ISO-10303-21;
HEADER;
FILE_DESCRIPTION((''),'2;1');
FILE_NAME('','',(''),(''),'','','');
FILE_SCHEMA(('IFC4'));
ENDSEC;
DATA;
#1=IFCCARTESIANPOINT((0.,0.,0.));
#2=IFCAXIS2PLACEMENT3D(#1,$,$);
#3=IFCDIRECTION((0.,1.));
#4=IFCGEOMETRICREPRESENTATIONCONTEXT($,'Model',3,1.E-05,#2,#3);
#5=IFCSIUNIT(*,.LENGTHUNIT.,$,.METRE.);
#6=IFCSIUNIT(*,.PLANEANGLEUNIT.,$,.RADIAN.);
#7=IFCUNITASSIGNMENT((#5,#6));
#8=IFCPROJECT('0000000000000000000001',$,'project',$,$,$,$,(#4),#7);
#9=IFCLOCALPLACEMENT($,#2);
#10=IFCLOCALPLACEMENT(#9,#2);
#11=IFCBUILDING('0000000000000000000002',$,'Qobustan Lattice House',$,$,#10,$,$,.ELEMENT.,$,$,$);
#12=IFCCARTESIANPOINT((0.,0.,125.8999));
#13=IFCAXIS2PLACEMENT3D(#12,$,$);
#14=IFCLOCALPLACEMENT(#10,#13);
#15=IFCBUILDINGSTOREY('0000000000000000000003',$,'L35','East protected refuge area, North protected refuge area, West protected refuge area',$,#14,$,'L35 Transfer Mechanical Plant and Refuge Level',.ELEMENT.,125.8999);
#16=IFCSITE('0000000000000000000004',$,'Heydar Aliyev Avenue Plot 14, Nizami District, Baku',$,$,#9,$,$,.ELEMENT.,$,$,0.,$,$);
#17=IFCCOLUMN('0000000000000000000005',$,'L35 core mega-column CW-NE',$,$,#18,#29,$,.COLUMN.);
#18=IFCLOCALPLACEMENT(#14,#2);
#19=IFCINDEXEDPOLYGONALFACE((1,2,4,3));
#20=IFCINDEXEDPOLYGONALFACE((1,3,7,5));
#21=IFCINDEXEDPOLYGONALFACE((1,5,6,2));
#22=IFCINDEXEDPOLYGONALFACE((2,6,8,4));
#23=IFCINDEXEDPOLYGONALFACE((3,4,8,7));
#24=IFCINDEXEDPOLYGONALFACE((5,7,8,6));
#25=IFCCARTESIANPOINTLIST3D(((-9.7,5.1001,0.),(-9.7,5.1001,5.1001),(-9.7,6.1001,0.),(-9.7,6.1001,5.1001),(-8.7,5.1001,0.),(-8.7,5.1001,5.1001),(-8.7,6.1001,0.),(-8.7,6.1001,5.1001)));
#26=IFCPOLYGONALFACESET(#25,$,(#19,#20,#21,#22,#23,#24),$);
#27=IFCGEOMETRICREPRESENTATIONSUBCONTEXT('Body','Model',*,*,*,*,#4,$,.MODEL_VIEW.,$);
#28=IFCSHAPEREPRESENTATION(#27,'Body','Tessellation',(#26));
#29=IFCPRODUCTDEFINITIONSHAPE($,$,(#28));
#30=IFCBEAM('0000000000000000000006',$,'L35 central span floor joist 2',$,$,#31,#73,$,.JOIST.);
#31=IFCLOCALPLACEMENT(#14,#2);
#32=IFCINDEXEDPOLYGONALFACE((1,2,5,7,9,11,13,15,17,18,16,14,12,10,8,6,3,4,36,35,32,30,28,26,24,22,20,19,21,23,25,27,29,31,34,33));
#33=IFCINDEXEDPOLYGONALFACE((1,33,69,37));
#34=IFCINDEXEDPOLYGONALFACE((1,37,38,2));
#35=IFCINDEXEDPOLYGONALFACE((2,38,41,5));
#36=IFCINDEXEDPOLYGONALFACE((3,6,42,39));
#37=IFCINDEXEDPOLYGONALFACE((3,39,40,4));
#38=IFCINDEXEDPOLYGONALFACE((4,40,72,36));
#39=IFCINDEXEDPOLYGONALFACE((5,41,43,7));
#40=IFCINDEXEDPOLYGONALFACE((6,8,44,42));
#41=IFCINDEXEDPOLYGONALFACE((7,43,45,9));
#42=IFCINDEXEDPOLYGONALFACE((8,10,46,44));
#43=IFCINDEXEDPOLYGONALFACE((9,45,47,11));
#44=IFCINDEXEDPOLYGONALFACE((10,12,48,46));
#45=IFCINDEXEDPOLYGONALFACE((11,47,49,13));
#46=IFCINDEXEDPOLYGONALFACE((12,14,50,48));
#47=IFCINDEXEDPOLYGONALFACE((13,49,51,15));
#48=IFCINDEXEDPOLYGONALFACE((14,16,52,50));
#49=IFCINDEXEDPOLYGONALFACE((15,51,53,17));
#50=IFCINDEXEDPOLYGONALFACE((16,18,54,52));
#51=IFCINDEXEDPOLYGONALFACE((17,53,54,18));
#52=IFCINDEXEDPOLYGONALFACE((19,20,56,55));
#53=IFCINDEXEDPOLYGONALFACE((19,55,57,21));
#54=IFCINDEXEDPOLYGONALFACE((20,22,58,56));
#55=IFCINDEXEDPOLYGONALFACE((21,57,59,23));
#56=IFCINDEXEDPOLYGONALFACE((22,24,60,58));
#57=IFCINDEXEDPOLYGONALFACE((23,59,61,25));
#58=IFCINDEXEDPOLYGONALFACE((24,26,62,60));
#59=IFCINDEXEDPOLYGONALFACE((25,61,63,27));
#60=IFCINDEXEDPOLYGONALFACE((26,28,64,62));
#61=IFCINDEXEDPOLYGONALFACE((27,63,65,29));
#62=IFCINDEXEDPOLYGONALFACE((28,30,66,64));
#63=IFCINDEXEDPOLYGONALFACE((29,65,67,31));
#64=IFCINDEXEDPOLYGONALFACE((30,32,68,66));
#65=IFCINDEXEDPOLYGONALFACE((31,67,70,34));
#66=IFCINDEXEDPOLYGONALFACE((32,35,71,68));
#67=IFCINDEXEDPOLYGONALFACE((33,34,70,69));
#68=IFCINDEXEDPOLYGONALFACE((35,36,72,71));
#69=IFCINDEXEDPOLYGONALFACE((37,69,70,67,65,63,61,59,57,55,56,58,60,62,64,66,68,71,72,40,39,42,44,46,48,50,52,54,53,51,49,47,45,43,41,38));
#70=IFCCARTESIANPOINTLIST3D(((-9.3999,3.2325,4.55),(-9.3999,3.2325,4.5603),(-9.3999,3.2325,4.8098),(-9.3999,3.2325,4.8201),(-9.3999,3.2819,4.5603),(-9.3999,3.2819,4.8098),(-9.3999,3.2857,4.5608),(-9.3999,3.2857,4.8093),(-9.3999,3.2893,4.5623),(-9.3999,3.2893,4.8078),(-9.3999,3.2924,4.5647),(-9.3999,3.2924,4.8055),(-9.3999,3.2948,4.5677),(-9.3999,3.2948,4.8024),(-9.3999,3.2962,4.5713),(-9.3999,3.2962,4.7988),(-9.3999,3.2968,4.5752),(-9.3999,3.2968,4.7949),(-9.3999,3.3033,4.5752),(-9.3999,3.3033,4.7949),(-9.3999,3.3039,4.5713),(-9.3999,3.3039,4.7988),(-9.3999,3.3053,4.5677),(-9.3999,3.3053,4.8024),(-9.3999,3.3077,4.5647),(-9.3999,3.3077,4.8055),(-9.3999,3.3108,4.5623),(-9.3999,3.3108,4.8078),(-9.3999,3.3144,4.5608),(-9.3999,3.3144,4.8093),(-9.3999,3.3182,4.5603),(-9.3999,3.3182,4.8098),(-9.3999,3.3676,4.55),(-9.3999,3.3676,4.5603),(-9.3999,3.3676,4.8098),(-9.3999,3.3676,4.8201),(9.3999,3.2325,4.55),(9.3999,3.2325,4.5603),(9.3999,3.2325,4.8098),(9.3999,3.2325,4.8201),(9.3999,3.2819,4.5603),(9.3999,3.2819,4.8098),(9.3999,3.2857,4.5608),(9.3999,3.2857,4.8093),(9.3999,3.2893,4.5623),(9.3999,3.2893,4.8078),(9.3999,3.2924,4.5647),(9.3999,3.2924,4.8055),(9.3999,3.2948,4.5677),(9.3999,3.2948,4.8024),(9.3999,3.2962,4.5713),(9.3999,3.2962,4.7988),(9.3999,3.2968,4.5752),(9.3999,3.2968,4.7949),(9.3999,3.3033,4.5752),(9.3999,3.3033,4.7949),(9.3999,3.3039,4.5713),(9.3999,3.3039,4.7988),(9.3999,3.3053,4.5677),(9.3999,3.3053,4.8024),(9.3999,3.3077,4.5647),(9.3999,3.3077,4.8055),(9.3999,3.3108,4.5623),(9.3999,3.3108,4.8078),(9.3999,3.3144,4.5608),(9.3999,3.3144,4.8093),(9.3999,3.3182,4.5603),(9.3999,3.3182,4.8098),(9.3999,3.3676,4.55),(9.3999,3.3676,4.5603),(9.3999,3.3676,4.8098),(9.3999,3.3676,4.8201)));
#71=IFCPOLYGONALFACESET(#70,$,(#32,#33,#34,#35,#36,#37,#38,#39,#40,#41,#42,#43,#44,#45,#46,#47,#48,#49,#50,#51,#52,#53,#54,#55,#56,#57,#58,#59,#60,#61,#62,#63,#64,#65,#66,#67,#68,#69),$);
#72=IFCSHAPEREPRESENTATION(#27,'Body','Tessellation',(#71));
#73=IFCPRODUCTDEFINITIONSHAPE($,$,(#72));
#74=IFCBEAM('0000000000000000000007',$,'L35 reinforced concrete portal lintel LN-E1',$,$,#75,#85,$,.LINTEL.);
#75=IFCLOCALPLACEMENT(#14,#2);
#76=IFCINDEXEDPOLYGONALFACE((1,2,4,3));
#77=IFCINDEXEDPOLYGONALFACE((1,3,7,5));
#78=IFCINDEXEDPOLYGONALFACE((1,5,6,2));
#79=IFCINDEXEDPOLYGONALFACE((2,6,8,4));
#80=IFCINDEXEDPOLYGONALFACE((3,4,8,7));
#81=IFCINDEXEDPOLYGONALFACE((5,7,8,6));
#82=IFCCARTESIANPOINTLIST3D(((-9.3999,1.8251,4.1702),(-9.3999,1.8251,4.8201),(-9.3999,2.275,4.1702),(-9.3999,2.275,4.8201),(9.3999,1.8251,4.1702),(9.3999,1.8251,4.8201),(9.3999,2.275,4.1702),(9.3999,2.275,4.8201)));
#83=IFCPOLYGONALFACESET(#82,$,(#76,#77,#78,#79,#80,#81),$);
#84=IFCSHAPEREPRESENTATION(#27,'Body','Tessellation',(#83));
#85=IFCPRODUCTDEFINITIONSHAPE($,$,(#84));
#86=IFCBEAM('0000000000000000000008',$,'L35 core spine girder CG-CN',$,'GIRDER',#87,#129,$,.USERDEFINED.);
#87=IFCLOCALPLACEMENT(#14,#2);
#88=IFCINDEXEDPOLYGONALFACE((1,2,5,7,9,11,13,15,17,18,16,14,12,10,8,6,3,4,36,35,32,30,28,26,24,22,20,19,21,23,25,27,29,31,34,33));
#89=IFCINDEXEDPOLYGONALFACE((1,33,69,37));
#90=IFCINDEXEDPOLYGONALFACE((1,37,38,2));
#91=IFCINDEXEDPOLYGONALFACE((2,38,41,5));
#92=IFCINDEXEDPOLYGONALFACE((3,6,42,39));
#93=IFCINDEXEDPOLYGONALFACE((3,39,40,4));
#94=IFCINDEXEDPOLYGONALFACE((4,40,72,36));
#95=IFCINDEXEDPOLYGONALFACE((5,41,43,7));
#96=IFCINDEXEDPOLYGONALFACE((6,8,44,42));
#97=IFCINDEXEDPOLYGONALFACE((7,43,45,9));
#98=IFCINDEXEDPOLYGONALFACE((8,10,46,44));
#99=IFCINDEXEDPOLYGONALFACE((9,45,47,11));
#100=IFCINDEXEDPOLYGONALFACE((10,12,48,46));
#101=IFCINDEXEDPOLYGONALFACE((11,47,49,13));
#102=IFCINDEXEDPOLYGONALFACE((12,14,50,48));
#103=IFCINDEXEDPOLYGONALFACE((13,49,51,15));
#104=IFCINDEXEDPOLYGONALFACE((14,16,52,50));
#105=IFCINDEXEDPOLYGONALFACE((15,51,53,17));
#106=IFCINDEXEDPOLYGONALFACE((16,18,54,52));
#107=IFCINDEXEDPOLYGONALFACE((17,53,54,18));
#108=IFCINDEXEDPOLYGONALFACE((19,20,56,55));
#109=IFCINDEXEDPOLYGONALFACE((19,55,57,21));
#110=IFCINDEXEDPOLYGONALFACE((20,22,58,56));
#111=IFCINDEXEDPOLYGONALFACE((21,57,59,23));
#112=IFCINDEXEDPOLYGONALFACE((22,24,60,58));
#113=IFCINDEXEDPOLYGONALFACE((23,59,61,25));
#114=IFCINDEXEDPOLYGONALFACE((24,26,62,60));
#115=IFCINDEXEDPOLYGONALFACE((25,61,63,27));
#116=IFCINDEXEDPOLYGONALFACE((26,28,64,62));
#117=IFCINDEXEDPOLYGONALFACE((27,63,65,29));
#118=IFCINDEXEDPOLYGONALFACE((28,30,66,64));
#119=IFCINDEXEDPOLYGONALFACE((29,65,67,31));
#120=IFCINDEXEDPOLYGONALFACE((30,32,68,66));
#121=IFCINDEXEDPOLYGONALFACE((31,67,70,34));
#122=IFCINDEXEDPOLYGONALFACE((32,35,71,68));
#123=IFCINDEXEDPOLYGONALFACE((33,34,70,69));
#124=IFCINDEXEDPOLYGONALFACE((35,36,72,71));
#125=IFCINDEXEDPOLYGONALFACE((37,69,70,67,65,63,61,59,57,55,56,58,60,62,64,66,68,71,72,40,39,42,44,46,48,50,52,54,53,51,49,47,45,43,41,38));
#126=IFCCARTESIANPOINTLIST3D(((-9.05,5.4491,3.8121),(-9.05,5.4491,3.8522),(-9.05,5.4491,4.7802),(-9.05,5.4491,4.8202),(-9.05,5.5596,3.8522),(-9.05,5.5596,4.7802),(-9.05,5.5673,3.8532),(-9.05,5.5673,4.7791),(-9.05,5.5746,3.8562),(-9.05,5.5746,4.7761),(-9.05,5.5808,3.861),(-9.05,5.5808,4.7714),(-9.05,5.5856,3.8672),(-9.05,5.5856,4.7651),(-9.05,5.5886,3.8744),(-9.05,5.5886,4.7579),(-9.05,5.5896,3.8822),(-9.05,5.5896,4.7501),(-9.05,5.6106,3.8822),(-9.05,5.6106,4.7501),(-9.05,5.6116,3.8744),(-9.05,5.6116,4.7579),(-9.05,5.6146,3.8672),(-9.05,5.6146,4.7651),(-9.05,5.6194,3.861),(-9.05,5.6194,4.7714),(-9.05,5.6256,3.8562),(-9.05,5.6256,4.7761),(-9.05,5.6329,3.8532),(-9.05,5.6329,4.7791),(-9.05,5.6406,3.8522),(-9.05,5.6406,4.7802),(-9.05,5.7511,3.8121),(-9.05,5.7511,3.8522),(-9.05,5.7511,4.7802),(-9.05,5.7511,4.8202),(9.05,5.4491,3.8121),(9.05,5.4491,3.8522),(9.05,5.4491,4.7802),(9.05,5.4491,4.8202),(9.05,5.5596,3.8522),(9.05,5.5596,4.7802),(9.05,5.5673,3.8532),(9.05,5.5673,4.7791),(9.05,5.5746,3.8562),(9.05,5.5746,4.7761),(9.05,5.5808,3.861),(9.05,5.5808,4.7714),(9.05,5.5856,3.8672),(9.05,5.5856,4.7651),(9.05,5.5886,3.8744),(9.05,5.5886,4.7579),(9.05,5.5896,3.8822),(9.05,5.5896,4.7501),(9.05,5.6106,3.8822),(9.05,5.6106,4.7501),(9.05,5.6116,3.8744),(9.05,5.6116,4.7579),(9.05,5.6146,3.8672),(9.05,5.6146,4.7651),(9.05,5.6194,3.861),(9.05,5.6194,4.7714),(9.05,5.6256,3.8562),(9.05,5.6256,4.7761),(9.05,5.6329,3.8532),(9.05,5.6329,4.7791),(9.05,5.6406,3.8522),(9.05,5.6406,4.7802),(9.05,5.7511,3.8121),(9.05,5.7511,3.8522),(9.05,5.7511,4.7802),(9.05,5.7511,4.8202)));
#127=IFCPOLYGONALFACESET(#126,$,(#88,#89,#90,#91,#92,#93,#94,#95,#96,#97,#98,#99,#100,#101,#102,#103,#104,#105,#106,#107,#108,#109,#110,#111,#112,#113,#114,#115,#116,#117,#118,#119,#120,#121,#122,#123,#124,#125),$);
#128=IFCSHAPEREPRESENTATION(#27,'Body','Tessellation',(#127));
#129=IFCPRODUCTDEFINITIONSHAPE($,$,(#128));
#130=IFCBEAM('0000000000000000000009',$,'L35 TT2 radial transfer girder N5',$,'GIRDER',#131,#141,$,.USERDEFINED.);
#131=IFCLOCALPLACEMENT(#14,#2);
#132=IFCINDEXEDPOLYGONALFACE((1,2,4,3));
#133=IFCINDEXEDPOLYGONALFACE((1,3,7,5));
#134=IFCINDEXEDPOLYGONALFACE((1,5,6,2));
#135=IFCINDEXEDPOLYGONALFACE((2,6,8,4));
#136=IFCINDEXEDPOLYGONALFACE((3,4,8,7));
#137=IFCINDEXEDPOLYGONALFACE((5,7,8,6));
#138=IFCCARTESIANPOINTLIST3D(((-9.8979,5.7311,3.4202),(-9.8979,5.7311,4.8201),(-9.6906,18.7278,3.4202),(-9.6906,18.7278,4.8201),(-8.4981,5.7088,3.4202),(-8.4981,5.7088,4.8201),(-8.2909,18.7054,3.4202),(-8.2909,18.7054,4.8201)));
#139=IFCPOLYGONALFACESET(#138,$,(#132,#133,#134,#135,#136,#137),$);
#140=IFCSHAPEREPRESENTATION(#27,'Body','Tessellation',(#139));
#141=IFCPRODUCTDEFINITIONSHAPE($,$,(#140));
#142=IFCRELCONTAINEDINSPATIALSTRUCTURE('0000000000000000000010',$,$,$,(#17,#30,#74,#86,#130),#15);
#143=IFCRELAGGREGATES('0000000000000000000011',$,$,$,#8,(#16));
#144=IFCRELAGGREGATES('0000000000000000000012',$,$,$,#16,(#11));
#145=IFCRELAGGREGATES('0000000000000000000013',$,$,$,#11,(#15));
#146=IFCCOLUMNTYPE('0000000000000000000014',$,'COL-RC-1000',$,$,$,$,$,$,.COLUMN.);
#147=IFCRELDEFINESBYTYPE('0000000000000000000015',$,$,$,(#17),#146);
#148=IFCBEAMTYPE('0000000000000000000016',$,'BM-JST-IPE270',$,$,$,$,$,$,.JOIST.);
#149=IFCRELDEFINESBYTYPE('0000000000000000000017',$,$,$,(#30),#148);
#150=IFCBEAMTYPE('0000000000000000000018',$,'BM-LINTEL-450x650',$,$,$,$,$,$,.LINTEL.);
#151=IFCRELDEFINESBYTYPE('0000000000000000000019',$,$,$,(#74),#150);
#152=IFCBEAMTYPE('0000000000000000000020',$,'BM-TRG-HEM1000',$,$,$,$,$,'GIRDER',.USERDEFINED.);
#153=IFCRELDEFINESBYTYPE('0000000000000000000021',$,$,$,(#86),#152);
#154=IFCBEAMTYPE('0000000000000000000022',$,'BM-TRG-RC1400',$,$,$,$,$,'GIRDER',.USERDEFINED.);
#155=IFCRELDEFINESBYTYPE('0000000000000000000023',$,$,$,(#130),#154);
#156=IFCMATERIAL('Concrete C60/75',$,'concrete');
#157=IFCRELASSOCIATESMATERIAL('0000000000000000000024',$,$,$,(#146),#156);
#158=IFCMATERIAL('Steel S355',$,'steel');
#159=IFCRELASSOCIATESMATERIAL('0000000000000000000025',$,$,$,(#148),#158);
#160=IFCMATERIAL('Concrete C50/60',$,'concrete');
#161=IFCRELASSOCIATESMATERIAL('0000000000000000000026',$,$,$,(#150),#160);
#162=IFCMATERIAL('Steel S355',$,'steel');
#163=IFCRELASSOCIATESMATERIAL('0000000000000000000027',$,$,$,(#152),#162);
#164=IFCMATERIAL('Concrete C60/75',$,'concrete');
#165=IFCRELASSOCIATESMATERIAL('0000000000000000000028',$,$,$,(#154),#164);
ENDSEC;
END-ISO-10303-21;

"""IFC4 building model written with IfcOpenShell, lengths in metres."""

from ifc_helpers import new_model, si_unit, direction, frame, origin, origin_2d, place, context, subcontext, project, spatial, rectangle, i_section, extrude, material, material_profile, profile_set, type_object, element, save


model = new_model("IFC4")

# Units and contexts
model_context = context("Model", 3, precision=1e-05, world=origin(), true_north=direction((0.0, 1.0)))
body_context = subcontext(model_context, "Body", "Model", "MODEL_VIEW")
ifc_project = project(units=[si_unit("LENGTHUNIT", "METRE"), si_unit("PLANEANGLEUNIT", "RADIAN")], contexts=[model_context])

# Site, building, storey
site_placement = place(None, origin())
site = spatial("IfcSite", under=ifc_project, at=site_placement, Name="Heydar Aliyev Avenue Plot 14, Nizami District, Baku", CompositionType="ELEMENT", RefElevation=0.0)
building_placement = place(site_placement, origin())
building = spatial("IfcBuilding", under=site, at=building_placement, Name="Qobustan Lattice House", CompositionType="ELEMENT")
storey_placement = place(building_placement, frame((0.0, 0.0, 125.8999)))
storey = spatial("IfcBuildingStorey", under=building, at=storey_placement, Name="L35", Description="East protected refuge area, North protected refuge area, West protected refuge area", LongName="L35 Transfer Mechanical Plant and Refuge Level", CompositionType="ELEMENT", Elevation=125.8999)

# Column
ifc_material_1 = material(Name="Concrete C60/75", Category="concrete")
ifc_material_profile_1 = material_profile(ifc_material_1, rectangle(XDim=1.0, YDim=1.0, at=origin_2d()), Name="RC1000x1000")
ifc_profile_set_1 = profile_set([ifc_material_profile_1], Name="Concrete C60/75")
column_type = type_object("IfcColumnType", Name="COL-RC-1000", PredefinedType="COLUMN", material=ifc_profile_set_1)
column_placement = place(storey_placement, frame((-9.2, 5.6001, 0.0), z_axis=(0.0, 0.0, 1.0), x_axis=(1.0, 0.0, 0.0)))
element("IfcColumn", 1, at=column_placement, inside=storey, type_object=column_type, Name="L35 core mega-column CW-NE", PredefinedType="COLUMN", context=body_context, shape_type="SweptSolid", body=[
    extrude(rectangle(XDim=1.0, YDim=1.0, at=origin_2d()), origin(), (0.0, 0.0, 1.0), 5.1001),
])

# Beams
ifc_material_2 = material(Name="Steel S355", Category="steel")
ifc_material_profile_2 = material_profile(ifc_material_2, i_section(OverallWidth=0.135, OverallDepth=0.27, WebThickness=0.0066, FlangeThickness=0.0103, FilletRadius=0.0149, at=origin_2d()), Name="IPE270")
ifc_profile_set_2 = profile_set([ifc_material_profile_2], Name="Steel S355")
beam_type_1 = type_object("IfcBeamType", Name="BM-JST-IPE270", PredefinedType="JOIST", material=ifc_profile_set_2)
beam_1_placement = place(storey_placement, frame((-9.3999, 3.3, 4.6851), z_axis=(1.0, 0.0, 0.0), x_axis=(0.0, 1.0, 0.0)))
element("IfcBeam", 2, at=beam_1_placement, inside=storey, type_object=beam_type_1, Name="L35 central span floor joist 2", PredefinedType="JOIST", context=body_context, shape_type="SweptSolid", body=[
    extrude(i_section(OverallWidth=0.135, OverallDepth=0.27, WebThickness=0.0066, FlangeThickness=0.0103, FilletRadius=0.0149, at=origin_2d()), origin(), (0.0, 0.0, 1.0), 18.7998),
])
ifc_material_3 = material(Name="Concrete C50/60", Category="concrete")
ifc_material_profile_3 = material_profile(ifc_material_3, rectangle(XDim=0.45, YDim=0.6499, at=origin_2d()), Name="RC450x650")
ifc_profile_set_3 = profile_set([ifc_material_profile_3], Name="Concrete C50/60")
beam_type_2 = type_object("IfcBeamType", Name="BM-LINTEL-450x650", PredefinedType="LINTEL", material=ifc_profile_set_3)
beam_2_placement = place(storey_placement, frame((-9.3999, 2.05, 4.4951), z_axis=(1.0, 0.0, 0.0), x_axis=(0.0, 1.0, 0.0)))
element("IfcBeam", 3, at=beam_2_placement, inside=storey, type_object=beam_type_2, Name="L35 reinforced concrete portal lintel LN-E1", PredefinedType="LINTEL", context=body_context, shape_type="SweptSolid", body=[
    extrude(rectangle(XDim=0.45, YDim=0.6499, at=origin_2d()), origin(), (0.0, 0.0, 1.0), 18.7998),
])
ifc_material_4 = material(Name="Steel S355", Category="steel")
ifc_material_profile_4 = material_profile(ifc_material_4, i_section(OverallWidth=0.302, OverallDepth=1.0081, WebThickness=0.021, FlangeThickness=0.04, FilletRadius=0.03, at=origin_2d()), Name="HEM1000")
ifc_profile_set_4 = profile_set([ifc_material_profile_4], Name="Steel S355")
beam_type_3 = type_object("IfcBeamType", Name="BM-TRG-HEM1000", ElementType="GIRDER", PredefinedType="USERDEFINED", material=ifc_profile_set_4)
beam_3_placement = place(storey_placement, frame((-9.05, 5.6001, 4.3162), z_axis=(1.0, 0.0, 0.0), x_axis=(0.0, 1.0, 0.0)))
element("IfcBeam", 4, at=beam_3_placement, inside=storey, type_object=beam_type_3, Name="L35 core spine girder CG-CN", ObjectType="GIRDER", PredefinedType="USERDEFINED", context=body_context, shape_type="SweptSolid", body=[
    extrude(i_section(OverallWidth=0.302, OverallDepth=1.0081, WebThickness=0.021, FlangeThickness=0.04, FilletRadius=0.03, at=origin_2d()), origin(), (0.0, 0.0, 1.0), 18.1001),
])
ifc_material_5 = material(Name="Concrete C60/75", Category="concrete")
ifc_material_profile_5 = material_profile(ifc_material_5, rectangle(XDim=1.3999, YDim=1.3999, at=origin_2d()), Name="RC1400x1400")
ifc_profile_set_5 = profile_set([ifc_material_profile_5], Name="Concrete C60/75")
beam_type_4 = type_object("IfcBeamType", Name="BM-TRG-RC1400", ElementType="GIRDER", PredefinedType="USERDEFINED", material=ifc_profile_set_5)
beam_4_placement = place(storey_placement, frame((-9.198, 5.72, 4.1201), z_axis=(0.015946, 0.999873, 0.0), x_axis=(-0.999873, 0.015946, 0.0)))
element("IfcBeam", 5, at=beam_4_placement, inside=storey, type_object=beam_type_4, Name="L35 TT2 radial transfer girder N5", ObjectType="GIRDER", PredefinedType="USERDEFINED", context=body_context, shape_type="SweptSolid", body=[
    extrude(rectangle(XDim=1.3999, YDim=1.3999, at=origin_2d()), origin(), (0.0, 0.0, 1.0), 12.9983),
])

save(model, "model.ifc")
